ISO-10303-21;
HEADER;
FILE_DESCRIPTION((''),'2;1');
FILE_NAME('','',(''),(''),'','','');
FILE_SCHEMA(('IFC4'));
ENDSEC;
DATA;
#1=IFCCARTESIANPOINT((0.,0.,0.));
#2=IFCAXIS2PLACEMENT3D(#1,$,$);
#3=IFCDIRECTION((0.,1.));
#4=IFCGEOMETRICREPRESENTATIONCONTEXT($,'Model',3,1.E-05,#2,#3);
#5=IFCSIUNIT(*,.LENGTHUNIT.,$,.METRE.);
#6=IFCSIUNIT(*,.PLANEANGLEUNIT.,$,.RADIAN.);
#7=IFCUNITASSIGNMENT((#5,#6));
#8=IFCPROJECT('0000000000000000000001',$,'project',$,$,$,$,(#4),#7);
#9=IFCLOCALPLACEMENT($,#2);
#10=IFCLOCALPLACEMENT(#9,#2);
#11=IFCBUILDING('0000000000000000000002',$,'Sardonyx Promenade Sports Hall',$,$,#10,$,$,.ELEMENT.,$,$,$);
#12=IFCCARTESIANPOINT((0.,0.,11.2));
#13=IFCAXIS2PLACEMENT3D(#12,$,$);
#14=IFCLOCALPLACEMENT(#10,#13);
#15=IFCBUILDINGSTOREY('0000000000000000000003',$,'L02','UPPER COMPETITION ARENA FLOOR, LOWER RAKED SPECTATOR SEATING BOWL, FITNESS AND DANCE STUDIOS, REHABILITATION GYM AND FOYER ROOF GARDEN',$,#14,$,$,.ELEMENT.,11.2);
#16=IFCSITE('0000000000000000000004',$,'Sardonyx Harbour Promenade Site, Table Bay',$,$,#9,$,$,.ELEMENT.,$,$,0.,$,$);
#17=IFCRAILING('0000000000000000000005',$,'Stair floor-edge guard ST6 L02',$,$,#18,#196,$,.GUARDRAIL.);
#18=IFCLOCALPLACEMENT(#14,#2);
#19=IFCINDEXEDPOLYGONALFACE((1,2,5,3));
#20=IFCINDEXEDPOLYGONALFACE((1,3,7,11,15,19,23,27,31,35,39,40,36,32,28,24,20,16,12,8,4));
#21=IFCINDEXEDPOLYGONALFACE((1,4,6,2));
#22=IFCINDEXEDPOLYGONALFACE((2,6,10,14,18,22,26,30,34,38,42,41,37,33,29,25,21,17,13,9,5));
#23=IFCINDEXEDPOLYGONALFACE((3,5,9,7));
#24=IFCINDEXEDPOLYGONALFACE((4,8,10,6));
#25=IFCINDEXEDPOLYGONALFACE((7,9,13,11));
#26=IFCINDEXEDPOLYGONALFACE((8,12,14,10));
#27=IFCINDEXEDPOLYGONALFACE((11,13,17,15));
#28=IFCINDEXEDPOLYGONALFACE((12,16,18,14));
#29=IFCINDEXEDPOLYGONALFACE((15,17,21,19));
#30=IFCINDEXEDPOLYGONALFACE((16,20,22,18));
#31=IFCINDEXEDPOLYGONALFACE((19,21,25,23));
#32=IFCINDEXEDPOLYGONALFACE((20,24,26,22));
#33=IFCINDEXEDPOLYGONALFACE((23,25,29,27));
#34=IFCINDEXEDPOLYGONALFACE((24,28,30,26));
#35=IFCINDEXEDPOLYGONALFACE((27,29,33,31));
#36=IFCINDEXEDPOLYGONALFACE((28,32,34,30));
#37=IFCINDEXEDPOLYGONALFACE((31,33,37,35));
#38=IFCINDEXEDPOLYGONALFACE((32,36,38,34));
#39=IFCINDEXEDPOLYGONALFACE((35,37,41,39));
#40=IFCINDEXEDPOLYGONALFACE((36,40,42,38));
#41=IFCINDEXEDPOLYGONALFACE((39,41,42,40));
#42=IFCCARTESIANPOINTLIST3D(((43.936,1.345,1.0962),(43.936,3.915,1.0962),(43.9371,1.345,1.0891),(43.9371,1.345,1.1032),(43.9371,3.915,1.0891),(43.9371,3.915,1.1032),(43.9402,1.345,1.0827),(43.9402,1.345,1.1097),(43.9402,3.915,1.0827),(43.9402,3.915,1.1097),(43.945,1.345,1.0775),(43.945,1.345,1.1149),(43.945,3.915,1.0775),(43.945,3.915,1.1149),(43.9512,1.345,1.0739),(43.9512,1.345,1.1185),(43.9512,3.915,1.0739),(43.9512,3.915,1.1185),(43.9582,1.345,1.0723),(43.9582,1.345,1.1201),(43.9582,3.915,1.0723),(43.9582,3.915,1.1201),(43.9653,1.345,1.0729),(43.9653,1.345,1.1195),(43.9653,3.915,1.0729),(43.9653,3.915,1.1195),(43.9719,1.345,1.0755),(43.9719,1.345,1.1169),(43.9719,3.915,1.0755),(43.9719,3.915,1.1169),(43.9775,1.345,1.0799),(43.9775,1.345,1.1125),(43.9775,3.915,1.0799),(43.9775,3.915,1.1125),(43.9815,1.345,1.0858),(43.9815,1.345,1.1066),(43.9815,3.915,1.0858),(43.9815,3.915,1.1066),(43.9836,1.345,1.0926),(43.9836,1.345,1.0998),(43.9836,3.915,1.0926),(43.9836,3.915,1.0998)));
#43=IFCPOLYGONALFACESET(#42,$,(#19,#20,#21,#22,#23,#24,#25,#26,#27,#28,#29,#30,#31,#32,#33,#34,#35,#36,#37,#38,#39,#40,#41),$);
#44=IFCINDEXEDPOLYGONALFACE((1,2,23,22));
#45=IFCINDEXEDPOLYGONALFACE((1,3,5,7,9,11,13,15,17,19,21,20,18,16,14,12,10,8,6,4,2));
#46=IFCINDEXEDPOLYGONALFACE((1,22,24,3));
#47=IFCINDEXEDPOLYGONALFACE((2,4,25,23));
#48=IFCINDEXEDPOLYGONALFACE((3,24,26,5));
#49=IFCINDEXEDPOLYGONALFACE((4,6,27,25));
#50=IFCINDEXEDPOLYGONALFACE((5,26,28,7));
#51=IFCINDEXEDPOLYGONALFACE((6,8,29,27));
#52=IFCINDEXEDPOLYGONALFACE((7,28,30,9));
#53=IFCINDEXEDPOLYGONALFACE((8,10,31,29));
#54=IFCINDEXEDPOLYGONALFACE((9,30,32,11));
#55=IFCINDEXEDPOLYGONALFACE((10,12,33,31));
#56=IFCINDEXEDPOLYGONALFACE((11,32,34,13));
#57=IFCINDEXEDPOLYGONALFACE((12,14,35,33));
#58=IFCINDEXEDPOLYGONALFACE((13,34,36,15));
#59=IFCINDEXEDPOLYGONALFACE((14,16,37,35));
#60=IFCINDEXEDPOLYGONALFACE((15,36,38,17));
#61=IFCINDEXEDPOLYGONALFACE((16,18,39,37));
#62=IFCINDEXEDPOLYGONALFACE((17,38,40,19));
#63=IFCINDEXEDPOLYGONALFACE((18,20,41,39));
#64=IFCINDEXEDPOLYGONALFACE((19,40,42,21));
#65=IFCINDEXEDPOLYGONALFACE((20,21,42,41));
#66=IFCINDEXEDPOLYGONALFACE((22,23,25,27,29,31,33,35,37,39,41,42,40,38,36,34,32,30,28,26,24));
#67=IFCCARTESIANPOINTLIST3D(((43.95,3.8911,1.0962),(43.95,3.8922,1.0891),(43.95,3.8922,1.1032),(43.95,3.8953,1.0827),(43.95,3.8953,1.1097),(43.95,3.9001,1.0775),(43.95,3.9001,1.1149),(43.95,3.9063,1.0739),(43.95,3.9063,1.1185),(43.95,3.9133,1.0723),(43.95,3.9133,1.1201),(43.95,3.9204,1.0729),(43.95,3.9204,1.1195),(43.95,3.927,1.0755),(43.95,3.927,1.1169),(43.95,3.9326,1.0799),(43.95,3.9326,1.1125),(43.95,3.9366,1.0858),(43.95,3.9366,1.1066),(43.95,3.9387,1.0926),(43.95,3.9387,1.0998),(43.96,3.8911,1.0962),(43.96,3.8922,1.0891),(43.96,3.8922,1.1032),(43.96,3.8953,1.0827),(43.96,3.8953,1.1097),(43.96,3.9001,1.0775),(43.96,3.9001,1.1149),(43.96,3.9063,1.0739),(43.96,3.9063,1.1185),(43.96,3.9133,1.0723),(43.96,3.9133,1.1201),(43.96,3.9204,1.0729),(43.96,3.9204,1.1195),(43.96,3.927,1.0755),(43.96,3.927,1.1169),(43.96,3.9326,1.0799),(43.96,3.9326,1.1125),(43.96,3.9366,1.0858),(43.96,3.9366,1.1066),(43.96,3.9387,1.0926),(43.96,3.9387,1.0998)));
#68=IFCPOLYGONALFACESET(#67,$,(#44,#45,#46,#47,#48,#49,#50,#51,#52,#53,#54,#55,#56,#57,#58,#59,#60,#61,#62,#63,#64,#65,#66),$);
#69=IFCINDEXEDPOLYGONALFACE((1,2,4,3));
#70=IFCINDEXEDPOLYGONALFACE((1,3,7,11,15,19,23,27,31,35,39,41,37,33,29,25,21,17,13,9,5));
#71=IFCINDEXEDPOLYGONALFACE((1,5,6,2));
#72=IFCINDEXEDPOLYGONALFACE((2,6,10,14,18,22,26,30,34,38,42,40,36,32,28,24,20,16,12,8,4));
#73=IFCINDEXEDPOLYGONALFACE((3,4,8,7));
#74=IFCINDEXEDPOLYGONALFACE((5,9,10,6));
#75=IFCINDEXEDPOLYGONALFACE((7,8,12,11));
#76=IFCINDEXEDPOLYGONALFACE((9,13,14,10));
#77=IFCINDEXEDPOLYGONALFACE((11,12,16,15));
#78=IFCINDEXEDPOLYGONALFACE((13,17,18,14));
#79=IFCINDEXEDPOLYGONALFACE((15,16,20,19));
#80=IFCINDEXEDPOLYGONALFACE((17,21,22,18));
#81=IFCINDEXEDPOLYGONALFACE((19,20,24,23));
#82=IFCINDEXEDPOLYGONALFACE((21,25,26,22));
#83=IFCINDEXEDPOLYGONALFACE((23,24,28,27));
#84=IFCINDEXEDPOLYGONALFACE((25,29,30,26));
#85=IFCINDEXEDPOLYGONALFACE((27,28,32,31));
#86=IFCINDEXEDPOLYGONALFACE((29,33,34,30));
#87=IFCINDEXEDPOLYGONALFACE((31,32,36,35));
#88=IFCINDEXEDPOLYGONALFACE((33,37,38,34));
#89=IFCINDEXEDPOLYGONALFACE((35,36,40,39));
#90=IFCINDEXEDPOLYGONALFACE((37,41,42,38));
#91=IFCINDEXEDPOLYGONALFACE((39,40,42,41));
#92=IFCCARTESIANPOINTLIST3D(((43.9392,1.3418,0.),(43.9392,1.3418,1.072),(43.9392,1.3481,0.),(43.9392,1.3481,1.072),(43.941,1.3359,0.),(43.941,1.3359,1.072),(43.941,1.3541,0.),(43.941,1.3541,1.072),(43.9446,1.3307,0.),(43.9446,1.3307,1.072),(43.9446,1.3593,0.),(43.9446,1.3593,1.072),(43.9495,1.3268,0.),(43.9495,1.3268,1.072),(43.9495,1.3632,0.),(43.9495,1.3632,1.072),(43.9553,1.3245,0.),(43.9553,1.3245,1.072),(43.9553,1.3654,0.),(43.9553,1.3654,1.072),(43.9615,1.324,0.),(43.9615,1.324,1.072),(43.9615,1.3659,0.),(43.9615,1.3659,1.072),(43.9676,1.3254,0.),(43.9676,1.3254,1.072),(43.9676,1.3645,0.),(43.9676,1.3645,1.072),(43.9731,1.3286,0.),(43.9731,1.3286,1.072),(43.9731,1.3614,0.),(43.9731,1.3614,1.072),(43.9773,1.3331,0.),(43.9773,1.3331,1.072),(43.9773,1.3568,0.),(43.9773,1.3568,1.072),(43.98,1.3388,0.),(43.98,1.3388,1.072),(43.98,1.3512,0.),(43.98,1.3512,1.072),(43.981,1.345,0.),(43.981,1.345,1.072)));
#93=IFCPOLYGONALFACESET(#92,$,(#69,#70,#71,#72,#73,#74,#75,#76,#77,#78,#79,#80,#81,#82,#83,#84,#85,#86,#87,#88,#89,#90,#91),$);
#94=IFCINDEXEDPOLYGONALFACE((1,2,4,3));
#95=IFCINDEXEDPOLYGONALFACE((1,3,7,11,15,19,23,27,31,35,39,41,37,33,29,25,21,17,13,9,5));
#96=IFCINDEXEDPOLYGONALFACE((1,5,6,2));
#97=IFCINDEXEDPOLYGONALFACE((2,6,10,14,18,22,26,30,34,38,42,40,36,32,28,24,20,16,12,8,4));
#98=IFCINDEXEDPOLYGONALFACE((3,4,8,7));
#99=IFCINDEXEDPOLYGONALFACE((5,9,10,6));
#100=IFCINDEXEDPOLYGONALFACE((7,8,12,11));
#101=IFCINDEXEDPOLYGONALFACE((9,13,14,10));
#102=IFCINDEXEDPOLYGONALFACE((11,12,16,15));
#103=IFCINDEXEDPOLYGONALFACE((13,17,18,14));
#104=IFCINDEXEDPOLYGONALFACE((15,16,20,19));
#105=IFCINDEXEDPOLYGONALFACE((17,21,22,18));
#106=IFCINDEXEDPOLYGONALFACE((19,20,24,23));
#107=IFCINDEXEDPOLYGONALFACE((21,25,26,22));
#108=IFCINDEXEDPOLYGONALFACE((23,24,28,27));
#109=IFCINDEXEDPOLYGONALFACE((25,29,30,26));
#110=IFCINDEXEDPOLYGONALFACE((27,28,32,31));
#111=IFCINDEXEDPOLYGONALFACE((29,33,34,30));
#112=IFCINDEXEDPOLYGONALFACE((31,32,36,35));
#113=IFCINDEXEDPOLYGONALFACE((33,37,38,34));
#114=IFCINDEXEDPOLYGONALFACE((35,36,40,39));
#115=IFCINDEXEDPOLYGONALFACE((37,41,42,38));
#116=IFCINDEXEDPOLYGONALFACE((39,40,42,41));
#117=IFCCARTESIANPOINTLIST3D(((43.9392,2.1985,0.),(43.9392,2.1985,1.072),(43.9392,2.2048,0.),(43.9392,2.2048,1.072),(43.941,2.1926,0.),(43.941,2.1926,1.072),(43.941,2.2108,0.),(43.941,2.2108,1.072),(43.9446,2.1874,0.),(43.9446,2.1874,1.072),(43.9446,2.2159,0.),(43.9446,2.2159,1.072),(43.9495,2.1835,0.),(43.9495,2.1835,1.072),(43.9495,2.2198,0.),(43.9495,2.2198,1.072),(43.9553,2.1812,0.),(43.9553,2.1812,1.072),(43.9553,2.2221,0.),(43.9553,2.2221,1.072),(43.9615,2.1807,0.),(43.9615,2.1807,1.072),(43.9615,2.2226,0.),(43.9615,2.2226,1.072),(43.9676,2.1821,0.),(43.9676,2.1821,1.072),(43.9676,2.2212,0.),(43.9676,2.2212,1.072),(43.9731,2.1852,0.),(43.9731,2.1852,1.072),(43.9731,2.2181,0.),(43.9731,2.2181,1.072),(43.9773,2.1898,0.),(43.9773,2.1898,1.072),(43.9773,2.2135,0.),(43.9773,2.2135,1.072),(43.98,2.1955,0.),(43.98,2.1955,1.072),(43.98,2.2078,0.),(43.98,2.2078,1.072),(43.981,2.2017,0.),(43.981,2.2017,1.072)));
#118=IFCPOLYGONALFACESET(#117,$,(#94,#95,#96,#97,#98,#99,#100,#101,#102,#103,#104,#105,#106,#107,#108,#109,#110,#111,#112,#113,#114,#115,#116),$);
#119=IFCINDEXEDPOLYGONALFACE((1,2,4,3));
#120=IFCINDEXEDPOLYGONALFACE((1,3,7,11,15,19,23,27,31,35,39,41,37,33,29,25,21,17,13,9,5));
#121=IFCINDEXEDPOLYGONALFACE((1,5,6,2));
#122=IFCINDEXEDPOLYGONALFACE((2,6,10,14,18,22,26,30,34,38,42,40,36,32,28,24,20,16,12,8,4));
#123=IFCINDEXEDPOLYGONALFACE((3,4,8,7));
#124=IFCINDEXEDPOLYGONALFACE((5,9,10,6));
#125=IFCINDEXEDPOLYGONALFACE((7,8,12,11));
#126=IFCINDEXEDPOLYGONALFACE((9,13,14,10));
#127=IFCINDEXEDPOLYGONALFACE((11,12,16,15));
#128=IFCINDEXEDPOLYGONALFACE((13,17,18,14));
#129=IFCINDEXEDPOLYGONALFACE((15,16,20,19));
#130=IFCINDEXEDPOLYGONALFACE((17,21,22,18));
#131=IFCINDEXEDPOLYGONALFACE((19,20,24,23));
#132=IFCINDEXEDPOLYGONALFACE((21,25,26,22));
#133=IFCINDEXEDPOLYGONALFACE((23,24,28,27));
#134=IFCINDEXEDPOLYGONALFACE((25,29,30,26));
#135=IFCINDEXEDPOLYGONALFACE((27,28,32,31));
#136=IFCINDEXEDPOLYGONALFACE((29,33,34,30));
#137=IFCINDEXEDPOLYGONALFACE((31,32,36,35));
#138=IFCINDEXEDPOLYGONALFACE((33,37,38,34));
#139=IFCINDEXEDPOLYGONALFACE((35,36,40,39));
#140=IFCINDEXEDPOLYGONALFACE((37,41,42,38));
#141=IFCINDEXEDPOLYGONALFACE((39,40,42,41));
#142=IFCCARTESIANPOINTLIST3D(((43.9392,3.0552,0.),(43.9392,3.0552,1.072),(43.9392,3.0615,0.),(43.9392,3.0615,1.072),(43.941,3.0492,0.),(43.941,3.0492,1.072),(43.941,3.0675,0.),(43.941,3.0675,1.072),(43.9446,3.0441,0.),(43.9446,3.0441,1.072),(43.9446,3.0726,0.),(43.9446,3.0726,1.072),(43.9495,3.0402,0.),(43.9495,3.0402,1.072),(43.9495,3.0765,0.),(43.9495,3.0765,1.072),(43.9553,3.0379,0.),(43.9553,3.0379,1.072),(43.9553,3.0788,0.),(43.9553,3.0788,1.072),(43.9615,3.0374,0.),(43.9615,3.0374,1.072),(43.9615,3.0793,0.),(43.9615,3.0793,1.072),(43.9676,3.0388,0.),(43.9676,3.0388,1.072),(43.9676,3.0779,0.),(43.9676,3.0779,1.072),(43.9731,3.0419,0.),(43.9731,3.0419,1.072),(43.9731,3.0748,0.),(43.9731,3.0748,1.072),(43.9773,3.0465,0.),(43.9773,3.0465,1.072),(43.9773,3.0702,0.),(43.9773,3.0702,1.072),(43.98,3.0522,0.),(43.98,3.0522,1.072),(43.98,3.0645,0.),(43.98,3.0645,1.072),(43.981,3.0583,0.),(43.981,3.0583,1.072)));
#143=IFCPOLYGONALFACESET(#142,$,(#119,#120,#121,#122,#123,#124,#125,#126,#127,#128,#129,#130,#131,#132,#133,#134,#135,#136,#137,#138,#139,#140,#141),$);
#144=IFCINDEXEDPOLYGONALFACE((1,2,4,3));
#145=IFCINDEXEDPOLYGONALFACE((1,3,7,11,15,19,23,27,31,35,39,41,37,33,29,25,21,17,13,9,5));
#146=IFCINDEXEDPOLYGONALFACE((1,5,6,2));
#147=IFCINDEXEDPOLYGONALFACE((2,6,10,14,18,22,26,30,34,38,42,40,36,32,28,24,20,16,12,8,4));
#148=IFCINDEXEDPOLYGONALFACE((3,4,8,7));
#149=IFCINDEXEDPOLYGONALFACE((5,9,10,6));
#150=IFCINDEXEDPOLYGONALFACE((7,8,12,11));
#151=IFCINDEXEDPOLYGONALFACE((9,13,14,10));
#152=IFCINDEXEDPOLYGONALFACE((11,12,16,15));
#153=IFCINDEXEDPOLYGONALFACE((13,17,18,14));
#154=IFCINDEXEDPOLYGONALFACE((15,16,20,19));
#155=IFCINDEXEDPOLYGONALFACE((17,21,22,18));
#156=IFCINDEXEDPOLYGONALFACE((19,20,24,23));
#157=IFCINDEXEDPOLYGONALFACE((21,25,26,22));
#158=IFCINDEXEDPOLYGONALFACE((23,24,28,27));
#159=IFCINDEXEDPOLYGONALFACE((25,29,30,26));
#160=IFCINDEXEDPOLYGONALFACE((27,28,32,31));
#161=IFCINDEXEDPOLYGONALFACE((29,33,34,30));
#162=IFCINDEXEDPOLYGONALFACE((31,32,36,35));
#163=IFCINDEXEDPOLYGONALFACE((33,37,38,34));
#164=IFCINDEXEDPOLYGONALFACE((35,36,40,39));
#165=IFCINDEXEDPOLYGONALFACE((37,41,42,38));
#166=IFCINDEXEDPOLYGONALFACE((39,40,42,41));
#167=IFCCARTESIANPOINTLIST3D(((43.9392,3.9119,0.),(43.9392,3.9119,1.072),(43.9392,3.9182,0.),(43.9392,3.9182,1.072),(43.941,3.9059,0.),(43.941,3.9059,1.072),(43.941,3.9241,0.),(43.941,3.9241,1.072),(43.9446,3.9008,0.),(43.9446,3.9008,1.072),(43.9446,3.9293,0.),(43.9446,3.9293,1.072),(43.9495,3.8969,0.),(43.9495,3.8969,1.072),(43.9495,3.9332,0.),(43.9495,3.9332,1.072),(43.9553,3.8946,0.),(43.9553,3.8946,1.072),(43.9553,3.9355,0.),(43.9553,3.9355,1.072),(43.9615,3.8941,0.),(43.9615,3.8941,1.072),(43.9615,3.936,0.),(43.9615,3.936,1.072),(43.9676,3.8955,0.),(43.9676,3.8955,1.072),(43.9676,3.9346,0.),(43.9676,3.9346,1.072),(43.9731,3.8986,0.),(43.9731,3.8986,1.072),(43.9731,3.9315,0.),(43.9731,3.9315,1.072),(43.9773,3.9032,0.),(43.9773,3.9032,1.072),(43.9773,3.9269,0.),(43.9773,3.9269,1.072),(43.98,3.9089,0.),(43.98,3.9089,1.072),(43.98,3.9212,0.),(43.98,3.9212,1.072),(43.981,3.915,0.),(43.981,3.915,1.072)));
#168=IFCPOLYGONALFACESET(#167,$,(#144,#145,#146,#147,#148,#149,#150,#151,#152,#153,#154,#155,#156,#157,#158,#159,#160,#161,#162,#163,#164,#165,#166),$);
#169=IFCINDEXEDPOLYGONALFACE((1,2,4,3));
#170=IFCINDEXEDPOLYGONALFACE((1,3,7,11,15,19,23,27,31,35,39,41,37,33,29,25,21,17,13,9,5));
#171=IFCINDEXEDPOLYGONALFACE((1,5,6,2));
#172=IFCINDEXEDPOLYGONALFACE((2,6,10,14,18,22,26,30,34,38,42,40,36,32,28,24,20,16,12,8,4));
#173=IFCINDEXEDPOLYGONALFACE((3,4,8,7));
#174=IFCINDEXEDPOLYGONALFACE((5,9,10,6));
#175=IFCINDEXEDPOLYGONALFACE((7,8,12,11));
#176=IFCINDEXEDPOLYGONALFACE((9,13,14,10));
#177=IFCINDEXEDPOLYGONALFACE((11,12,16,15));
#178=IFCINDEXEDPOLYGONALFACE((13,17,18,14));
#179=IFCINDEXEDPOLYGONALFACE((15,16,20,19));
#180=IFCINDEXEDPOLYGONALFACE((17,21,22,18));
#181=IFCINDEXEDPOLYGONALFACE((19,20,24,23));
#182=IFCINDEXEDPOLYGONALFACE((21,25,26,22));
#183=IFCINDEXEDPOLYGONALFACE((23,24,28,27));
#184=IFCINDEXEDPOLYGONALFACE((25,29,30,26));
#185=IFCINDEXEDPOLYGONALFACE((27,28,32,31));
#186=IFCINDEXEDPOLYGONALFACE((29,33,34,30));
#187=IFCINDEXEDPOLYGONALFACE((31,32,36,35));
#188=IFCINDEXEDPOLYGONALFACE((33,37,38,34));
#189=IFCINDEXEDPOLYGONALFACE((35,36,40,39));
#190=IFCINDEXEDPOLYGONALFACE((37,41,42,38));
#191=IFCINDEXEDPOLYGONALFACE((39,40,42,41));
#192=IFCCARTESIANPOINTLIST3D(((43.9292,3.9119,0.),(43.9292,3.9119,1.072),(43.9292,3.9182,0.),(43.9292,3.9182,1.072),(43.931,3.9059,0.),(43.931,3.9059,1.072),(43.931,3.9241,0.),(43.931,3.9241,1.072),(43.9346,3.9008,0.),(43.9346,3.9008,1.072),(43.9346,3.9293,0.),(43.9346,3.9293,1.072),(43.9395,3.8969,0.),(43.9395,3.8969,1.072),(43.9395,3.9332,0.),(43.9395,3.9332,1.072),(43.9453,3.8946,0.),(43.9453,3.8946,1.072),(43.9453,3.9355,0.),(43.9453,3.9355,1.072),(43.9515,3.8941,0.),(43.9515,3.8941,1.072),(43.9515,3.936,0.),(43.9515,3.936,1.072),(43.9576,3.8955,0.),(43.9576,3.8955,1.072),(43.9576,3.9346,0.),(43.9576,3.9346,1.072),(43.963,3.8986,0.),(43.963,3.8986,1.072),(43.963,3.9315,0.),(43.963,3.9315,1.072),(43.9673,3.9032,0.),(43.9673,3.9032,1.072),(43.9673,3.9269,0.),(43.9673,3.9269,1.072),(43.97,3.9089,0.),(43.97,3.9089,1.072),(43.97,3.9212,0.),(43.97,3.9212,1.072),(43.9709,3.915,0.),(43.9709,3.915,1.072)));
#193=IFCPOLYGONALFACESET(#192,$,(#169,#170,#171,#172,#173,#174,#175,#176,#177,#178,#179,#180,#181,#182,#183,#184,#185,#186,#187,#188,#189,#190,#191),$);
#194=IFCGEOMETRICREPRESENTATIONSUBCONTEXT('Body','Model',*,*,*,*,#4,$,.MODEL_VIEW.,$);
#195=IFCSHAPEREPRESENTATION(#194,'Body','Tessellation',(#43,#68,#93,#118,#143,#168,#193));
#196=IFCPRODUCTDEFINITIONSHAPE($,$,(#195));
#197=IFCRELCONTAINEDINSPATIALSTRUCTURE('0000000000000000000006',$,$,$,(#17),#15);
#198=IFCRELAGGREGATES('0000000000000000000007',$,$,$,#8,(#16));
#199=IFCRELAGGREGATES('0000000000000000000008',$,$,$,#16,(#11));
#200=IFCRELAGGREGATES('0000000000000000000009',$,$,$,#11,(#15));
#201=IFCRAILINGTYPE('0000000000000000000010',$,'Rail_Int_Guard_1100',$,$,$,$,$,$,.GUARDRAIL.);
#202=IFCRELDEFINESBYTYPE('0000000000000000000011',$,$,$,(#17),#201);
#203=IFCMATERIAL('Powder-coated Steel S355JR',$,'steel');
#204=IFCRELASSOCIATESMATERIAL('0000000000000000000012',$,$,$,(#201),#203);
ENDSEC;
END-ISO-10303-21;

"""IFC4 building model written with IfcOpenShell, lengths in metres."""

from ifc_helpers import new_model, si_unit, direction, frame, origin, origin_2d, place, context, subcontext, project, spatial, circle, extrude, material, type_object, element, save


model = new_model("IFC4")

# Units and contexts
model_context = context("Model", 3, precision=1e-05, world=origin(), true_north=direction((0.0, 1.0)))
body_context = subcontext(model_context, "Body", "Model", "MODEL_VIEW")
ifc_project = project(units=[si_unit("LENGTHUNIT", "METRE"), si_unit("PLANEANGLEUNIT", "RADIAN")], contexts=[model_context])

# Site, building, storey
site_placement = place(None, origin())
site = spatial("IfcSite", under=ifc_project, at=site_placement, Name="Sardonyx Harbour Promenade Site, Table Bay", CompositionType="ELEMENT", RefElevation=0.0)
building_placement = place(site_placement, origin())
building = spatial("IfcBuilding", under=site, at=building_placement, Name="Sardonyx Promenade Sports Hall", CompositionType="ELEMENT")
storey_placement = place(building_placement, frame((0.0, 0.0, 11.2)))
storey = spatial("IfcBuildingStorey", under=building, at=storey_placement, Name="L02", Description="UPPER COMPETITION ARENA FLOOR, LOWER RAKED SPECTATOR SEATING BOWL, FITNESS AND DANCE STUDIOS, REHABILITATION GYM AND FOYER ROOF GARDEN", CompositionType="ELEMENT", Elevation=11.2)

# Railing
ifc_material_1 = material(Name="Powder-coated Steel S355JR", Category="steel")
railing_type_1 = type_object("IfcRailingType", Name="Rail_Int_Guard_1100", PredefinedType="GUARDRAIL", material=ifc_material_1)
railing_1_placement = place(storey_placement, frame((43.96, 1.345, 0.0)))
element("IfcRailing", 1, at=railing_1_placement, inside=storey, type_object=railing_type_1, Name="Stair floor-edge guard ST6 L02", PredefinedType="GUARDRAIL", context=body_context, shape_type="SweptSolid", body=[
    extrude(circle(Radius=0.0239, at=origin_2d()), frame((0.0, 0.0, 1.0962), z_axis=(0.0, 1.0, 0.0), x_axis=(-1.0, 0.0, 0.0)), (0.0, 0.0, 1.0), 2.5701),
    extrude(circle(Radius=0.0239, at=origin_2d()), frame((0.0, 2.5701, 1.0962), z_axis=(-1.0, 0.0, 0.0), x_axis=(0.0, -1.0, 0.0)), (0.0, 0.0, 1.0), 0.01),
    extrude(circle(Radius=0.021, at=origin_2d()), origin(), (0.0, 0.0, 1.0), 1.072),
    extrude(circle(Radius=0.021, at=origin_2d()), frame((0.0, 0.8567, 0.0)), (0.0, 0.0, 1.0), 1.072),
    extrude(circle(Radius=0.021, at=origin_2d()), frame((0.0, 1.7134, 0.0)), (0.0, 0.0, 1.0), 1.072),
    extrude(circle(Radius=0.021, at=origin_2d()), frame((0.0, 2.5701, 0.0)), (0.0, 0.0, 1.0), 1.072),
    extrude(circle(Radius=0.021, at=origin_2d()), frame((-0.01, 2.5701, 0.0)), (0.0, 0.0, 1.0), 1.072),
])

save(model, "model.ifc")
